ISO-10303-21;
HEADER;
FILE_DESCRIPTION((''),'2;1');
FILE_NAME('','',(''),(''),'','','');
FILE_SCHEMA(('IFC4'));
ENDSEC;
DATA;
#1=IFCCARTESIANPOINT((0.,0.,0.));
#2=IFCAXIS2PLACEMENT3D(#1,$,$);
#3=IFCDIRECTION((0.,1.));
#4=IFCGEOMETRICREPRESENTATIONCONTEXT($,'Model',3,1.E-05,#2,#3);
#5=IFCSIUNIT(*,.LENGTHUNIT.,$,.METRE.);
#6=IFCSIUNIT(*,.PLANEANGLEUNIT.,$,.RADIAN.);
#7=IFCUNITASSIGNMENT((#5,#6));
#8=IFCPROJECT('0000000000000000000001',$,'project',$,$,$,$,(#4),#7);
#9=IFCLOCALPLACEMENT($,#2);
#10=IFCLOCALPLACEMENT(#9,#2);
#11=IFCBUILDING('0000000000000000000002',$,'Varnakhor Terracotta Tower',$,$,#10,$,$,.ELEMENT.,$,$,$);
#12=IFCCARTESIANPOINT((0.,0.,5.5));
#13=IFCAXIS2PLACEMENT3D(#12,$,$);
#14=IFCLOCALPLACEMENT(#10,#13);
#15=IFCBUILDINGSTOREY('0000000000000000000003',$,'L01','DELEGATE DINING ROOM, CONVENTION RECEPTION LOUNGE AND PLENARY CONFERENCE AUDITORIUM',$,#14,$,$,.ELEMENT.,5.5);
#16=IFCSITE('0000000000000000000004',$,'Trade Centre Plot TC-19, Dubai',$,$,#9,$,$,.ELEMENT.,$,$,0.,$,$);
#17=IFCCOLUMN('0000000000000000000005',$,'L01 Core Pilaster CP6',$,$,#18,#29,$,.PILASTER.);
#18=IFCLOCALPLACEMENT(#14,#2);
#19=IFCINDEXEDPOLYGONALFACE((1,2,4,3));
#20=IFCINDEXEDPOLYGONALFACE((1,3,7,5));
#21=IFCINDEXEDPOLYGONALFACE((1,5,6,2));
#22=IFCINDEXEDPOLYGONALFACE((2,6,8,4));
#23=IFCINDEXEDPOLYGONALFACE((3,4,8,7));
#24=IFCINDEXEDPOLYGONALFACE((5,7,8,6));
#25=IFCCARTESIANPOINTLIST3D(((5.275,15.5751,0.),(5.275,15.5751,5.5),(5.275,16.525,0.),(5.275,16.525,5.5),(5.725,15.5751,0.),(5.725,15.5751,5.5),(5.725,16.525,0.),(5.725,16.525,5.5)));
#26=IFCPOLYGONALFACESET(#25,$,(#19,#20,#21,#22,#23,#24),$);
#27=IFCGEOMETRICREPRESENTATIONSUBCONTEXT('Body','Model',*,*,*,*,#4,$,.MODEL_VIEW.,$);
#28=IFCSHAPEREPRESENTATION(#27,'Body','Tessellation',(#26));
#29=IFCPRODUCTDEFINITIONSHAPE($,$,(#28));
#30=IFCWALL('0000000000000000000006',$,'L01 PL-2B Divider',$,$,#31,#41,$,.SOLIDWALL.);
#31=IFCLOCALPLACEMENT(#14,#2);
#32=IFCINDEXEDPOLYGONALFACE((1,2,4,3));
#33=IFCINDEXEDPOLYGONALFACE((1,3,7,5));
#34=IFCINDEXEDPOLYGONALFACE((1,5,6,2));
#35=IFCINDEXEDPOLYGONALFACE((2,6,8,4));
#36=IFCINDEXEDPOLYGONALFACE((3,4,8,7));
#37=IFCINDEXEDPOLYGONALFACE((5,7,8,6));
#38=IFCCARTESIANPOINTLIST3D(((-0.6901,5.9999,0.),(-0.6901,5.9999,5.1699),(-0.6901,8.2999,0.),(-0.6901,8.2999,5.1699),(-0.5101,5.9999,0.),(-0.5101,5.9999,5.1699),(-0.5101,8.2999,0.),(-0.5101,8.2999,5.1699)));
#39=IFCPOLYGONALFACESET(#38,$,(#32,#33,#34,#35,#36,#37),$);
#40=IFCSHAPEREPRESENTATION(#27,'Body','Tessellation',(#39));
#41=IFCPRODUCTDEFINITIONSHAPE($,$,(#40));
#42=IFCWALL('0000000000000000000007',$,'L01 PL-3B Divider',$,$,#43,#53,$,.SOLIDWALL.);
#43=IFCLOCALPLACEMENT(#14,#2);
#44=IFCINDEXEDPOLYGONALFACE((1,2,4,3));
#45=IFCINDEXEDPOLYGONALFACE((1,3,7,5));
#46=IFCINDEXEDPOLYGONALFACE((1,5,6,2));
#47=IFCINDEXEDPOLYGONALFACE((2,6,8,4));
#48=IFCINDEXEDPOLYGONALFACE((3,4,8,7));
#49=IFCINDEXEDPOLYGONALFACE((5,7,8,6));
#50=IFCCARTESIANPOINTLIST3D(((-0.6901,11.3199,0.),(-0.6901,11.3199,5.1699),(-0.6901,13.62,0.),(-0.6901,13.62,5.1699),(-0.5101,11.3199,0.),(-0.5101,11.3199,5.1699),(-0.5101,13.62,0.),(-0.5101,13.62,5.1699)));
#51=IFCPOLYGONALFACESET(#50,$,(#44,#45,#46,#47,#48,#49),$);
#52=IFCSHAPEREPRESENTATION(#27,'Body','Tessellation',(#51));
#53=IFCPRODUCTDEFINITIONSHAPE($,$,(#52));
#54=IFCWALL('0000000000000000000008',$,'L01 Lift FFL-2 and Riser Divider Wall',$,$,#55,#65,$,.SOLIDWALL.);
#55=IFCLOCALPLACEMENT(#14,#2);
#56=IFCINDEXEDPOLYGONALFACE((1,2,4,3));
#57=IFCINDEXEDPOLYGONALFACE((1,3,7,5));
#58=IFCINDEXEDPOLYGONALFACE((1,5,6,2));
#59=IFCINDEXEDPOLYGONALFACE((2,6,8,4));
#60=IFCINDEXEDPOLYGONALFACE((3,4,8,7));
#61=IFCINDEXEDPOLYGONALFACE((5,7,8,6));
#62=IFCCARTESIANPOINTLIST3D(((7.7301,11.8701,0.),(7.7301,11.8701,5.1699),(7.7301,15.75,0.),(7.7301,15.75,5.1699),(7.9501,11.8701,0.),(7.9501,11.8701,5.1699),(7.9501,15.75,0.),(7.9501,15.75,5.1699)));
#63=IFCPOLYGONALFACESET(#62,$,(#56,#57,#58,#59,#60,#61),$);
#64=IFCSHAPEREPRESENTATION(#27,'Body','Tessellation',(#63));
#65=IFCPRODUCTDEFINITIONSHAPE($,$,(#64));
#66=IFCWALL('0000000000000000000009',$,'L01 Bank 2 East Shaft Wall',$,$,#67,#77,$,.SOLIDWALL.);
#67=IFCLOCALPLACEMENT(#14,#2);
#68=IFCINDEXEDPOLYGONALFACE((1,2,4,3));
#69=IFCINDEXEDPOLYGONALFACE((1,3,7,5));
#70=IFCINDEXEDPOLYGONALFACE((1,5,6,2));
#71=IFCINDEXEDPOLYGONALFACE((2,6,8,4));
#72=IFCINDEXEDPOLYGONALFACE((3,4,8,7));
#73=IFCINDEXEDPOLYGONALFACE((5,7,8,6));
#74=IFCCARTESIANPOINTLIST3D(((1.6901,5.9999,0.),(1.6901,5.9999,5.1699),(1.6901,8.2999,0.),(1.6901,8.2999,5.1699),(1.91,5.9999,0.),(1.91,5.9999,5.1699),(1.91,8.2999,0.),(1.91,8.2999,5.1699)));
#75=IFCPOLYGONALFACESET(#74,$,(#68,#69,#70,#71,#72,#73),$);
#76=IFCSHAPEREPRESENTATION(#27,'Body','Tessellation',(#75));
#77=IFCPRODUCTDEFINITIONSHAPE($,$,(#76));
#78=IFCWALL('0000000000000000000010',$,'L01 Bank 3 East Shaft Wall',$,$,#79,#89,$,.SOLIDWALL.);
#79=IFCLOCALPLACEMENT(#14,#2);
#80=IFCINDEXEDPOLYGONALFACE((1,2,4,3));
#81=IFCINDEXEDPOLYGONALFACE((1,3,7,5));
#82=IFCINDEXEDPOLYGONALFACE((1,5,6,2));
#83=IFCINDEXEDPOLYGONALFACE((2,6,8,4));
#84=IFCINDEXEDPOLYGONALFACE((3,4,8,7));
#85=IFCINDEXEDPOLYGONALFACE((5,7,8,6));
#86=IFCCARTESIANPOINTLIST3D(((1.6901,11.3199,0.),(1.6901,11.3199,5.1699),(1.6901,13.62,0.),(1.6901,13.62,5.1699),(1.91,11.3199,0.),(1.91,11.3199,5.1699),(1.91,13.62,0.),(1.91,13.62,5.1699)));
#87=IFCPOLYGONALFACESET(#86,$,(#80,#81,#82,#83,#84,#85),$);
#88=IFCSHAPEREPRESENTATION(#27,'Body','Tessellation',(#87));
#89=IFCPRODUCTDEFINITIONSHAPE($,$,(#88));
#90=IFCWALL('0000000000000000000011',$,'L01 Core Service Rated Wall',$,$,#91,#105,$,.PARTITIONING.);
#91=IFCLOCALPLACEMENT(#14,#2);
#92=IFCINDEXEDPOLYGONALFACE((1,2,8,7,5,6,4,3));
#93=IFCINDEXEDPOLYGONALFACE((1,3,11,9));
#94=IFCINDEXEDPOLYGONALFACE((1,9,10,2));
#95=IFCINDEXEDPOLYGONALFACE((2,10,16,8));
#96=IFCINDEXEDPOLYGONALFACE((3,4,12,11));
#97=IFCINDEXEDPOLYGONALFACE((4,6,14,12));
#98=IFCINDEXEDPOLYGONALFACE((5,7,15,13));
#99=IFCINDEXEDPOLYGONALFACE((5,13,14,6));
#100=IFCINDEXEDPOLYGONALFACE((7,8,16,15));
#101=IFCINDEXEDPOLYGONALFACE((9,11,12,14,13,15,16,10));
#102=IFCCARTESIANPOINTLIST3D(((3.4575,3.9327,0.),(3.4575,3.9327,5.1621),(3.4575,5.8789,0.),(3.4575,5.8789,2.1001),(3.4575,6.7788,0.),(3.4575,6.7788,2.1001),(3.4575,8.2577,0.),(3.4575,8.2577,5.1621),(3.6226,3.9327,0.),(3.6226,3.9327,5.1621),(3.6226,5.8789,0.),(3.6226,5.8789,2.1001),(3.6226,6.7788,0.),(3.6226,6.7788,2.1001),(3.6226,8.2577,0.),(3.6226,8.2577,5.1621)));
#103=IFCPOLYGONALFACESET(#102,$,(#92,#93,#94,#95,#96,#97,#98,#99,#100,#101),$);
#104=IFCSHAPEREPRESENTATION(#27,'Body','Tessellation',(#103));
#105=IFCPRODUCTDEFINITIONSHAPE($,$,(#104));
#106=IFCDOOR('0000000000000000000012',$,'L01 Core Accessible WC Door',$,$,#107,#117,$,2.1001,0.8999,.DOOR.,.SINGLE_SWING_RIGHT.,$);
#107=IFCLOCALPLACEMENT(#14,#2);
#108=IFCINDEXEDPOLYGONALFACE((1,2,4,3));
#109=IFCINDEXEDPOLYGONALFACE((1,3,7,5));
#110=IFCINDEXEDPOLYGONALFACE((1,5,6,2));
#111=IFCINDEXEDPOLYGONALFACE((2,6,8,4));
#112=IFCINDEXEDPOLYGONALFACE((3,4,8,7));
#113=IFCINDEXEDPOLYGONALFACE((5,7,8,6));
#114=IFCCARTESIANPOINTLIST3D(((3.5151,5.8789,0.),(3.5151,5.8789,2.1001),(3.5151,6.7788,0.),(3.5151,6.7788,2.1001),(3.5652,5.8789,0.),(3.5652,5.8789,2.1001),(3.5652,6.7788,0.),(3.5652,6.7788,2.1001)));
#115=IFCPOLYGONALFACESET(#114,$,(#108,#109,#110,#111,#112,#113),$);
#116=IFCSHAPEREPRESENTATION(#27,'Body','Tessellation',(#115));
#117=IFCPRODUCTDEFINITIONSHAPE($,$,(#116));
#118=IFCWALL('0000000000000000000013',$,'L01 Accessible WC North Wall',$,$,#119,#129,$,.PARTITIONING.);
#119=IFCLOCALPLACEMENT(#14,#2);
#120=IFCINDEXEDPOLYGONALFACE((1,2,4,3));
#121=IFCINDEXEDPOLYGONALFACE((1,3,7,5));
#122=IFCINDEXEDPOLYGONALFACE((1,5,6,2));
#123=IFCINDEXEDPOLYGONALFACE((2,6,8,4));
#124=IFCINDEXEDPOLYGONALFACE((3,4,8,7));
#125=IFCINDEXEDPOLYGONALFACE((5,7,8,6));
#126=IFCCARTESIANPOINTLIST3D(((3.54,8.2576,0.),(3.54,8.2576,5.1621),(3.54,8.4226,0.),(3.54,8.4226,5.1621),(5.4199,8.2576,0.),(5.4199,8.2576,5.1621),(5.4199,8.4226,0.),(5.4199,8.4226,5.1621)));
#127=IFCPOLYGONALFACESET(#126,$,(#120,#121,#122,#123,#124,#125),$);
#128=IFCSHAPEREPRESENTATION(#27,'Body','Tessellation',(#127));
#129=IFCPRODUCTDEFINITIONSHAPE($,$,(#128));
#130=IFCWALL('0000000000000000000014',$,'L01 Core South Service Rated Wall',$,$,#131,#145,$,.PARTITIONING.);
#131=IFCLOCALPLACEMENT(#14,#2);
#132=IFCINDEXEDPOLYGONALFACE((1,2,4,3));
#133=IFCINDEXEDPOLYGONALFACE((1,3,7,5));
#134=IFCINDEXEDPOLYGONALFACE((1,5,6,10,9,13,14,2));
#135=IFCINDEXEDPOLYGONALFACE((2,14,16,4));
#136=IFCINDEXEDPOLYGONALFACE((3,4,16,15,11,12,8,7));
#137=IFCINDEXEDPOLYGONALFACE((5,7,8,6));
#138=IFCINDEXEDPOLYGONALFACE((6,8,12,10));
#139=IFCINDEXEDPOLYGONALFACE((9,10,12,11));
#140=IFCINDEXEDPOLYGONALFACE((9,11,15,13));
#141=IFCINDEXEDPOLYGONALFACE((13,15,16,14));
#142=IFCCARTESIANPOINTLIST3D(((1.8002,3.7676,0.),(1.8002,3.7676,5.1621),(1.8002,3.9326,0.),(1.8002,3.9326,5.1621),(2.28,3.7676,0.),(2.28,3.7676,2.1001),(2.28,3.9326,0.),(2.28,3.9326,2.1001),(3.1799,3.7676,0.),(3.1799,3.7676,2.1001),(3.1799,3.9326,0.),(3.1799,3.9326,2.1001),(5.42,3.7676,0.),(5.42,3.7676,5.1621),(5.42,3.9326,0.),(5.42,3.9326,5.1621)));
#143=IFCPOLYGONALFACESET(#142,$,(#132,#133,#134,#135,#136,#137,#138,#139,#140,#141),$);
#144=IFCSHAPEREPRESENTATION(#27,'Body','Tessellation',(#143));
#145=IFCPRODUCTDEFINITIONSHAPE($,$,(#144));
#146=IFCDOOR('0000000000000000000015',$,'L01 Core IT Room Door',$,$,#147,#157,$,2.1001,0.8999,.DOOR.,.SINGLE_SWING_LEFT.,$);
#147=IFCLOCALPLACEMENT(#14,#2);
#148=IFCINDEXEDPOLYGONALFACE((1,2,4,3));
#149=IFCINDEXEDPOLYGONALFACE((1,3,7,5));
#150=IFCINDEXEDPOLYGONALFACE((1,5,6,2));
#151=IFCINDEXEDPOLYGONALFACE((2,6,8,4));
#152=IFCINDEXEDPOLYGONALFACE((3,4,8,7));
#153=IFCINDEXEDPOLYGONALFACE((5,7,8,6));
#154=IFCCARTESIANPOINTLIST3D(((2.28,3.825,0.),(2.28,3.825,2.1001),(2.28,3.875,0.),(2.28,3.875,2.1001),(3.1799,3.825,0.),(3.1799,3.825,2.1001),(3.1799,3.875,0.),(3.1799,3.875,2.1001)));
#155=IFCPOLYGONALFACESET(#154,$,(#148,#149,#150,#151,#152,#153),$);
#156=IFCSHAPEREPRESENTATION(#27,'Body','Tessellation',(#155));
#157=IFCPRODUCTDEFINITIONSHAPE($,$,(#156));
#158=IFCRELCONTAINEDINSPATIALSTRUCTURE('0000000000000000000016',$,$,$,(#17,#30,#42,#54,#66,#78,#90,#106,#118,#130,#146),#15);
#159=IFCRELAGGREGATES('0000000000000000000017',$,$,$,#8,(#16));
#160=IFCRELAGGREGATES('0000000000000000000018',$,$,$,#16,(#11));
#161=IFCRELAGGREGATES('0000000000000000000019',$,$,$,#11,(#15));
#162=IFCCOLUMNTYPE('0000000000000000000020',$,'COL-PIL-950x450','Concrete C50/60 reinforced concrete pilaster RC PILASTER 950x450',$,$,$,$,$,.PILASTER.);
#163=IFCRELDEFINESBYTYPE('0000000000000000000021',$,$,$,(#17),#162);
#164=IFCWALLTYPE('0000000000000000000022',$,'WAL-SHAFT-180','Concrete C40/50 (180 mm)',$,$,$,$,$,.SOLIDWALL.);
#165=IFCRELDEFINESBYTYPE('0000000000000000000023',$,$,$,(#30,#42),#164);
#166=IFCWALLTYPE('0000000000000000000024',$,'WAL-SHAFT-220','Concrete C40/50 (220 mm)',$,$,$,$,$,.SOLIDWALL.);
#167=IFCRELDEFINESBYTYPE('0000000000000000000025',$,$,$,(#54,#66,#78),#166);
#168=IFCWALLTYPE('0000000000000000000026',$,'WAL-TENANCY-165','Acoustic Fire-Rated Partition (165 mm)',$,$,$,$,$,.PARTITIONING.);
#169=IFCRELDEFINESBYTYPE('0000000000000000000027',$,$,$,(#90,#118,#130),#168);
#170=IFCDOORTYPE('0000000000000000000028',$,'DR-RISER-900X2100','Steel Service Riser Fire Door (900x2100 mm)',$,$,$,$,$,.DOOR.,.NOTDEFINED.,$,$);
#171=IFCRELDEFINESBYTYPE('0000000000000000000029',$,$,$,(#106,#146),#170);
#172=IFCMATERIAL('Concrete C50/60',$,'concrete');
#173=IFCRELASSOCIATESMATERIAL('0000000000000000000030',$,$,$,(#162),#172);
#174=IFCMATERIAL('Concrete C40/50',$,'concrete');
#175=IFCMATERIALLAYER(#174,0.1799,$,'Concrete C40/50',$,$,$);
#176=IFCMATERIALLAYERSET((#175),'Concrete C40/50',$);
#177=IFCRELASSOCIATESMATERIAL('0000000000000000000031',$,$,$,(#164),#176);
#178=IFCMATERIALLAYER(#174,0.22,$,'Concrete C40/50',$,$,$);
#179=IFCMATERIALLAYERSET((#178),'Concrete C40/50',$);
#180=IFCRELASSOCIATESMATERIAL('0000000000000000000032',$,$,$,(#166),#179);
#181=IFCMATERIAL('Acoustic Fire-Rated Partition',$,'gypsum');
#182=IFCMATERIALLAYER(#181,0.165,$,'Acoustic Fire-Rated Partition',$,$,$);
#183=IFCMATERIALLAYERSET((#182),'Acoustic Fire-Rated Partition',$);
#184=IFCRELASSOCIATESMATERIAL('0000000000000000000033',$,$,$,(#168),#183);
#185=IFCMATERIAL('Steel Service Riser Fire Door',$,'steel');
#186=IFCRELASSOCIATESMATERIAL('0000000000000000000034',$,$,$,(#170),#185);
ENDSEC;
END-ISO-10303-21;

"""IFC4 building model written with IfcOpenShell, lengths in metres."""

from ifc_helpers import new_model, si_unit, direction, frame, frame_2d, origin, origin_2d, place, context, subcontext, project, spatial, rectangle, extrude, source, transform, mapped, material, layer, layer_set, material_profile, profile_set, type_object, type_shapes, element, fill, save


model = new_model("IFC4")

# Units and contexts
model_context = context("Model", 3, precision=1e-05, world=origin(), true_north=direction((0.0, 1.0)))
body_context = subcontext(model_context, "Body", "Model", "MODEL_VIEW")
ifc_project = project(units=[si_unit("LENGTHUNIT", "METRE"), si_unit("PLANEANGLEUNIT", "RADIAN")], contexts=[model_context])

# Site, building, storey
site_placement = place(None, origin())
site = spatial("IfcSite", under=ifc_project, at=site_placement, Name="Trade Centre Plot TC-19, Dubai", CompositionType="ELEMENT", RefElevation=0.0)
building_placement = place(site_placement, origin())
building = spatial("IfcBuilding", under=site, at=building_placement, Name="Varnakhor Terracotta Tower", CompositionType="ELEMENT")
storey_placement = place(building_placement, frame((0.0, 0.0, 5.5)))
storey = spatial("IfcBuildingStorey", under=building, at=storey_placement, Name="L01", Description="DELEGATE DINING ROOM, CONVENTION RECEPTION LOUNGE AND PLENARY CONFERENCE AUDITORIUM", CompositionType="ELEMENT", Elevation=5.5)

# Column
ifc_material_1 = material(Name="Concrete C50/60", Category="concrete")
ifc_material_profile = material_profile(ifc_material_1, rectangle(XDim=0.45, YDim=0.95, at=origin_2d()), Name="RC PILASTER 950x450")
ifc_profile_set = profile_set([ifc_material_profile], Name="Concrete C50/60")
column_type = type_object("IfcColumnType", Name="COL-PIL-950x450", Description="Concrete C50/60 reinforced concrete pilaster RC PILASTER 950x450", PredefinedType="PILASTER", material=ifc_profile_set)
shared_shape_1 = source(origin(), body_context, "Body", "SweptSolid", [
    extrude(rectangle(XDim=0.45, YDim=0.95, at=origin_2d()), origin(), (0.0, 0.0, 1.0), 5.5),
])
column_placement = place(storey_placement, frame((5.5, 16.05, 0.0), z_axis=(0.0, 0.0, 1.0), x_axis=(1.0, 0.0, 0.0)))
element("IfcColumn", 1, at=column_placement, inside=storey, type_object=column_type, Name="L01 Core Pilaster CP6", PredefinedType="PILASTER", context=body_context, shape_type="MappedRepresentation", body=[
    mapped(shared_shape_1, transform((0.0, 0.0, 0.0), scale=1.0)),
])

# Walls
ifc_material_2 = material(Name="Concrete C40/50", Category="concrete")
ifc_layer_1 = layer(ifc_material_2, 0.1799, Name="Concrete C40/50")
ifc_layer_set_1 = layer_set([ifc_layer_1], Name="Concrete C40/50")
wall_type_1 = type_object("IfcWallType", Name="WAL-SHAFT-180", Description="Concrete C40/50 (180 mm)", PredefinedType="SOLIDWALL", material=ifc_layer_set_1)
for number, where, z_axis, x_axis, name in (
    (2, (-0.6001, 6.0, 0.0), (0.0, 0.0, 1.0), (0.0, 1.0, 0.0), "L01 PL-2B Divider"),
    (3, (-0.6001, 11.3201, 0.0), (0.0, 0.0, 1.0), (0.0, 1.0, 0.0), "L01 PL-3B Divider"),
):
    element("IfcWall", number, at=place(storey_placement, frame(where, z_axis=z_axis, x_axis=x_axis)), inside=storey, type_object=wall_type_1, Name=name, PredefinedType="SOLIDWALL", context=body_context, shape_type="SweptSolid", body=[
        extrude(rectangle(XDim=2.3, YDim=0.1799, at=frame_2d((1.1499, 0.0))), origin(), (0.0, 0.0, 1.0), 5.1699),
    ])
ifc_layer_2 = layer(ifc_material_2, 0.22, Name="Concrete C40/50")
ifc_layer_set_2 = layer_set([ifc_layer_2], Name="Concrete C40/50")
wall_type_2 = type_object("IfcWallType", Name="WAL-SHAFT-220", Description="Concrete C40/50 (220 mm)", PredefinedType="SOLIDWALL", material=ifc_layer_set_2)
wall_1_placement = place(storey_placement, frame((7.8401, 11.8701, 0.0), z_axis=(0.0, 0.0, 1.0), x_axis=(0.0, 1.0, 0.0)))
element("IfcWall", 4, at=wall_1_placement, inside=storey, type_object=wall_type_2, Name="L01 Lift FFL-2 and Riser Divider Wall", PredefinedType="SOLIDWALL", context=body_context, shape_type="SweptSolid", body=[
    extrude(rectangle(XDim=3.8799, YDim=0.22, at=frame_2d((1.9399, 0.0))), origin(), (0.0, 0.0, 1.0), 5.1699),
])
for number, where, z_axis, x_axis, name in (
    (5, (1.8, 6.0, 0.0), (0.0, 0.0, 1.0), (0.0, 1.0, 0.0), "L01 Bank 2 East Shaft Wall"),
    (6, (1.8, 11.3201, 0.0), (0.0, 0.0, 1.0), (0.0, 1.0, 0.0), "L01 Bank 3 East Shaft Wall"),
):
    element("IfcWall", number, at=place(storey_placement, frame(where, z_axis=z_axis, x_axis=x_axis)), inside=storey, type_object=wall_type_2, Name=name, PredefinedType="SOLIDWALL", context=body_context, shape_type="SweptSolid", body=[
        extrude(rectangle(XDim=2.3, YDim=0.22, at=frame_2d((1.1499, 0.0))), origin(), (0.0, 0.0, 1.0), 5.1699),
    ])

# Wall, opening, door
ifc_material_3 = material(Name="Acoustic Fire-Rated Partition", Category="gypsum")
ifc_layer_3 = layer(ifc_material_3, 0.165, Name="Acoustic Fire-Rated Partition")
ifc_layer_set_3 = layer_set([ifc_layer_3], Name="Acoustic Fire-Rated Partition")
wall_type_3 = type_object("IfcWallType", Name="WAL-TENANCY-165", Description="Acoustic Fire-Rated Partition (165 mm)", PredefinedType="PARTITIONING", material=ifc_layer_set_3)
wall_2_placement = place(storey_placement, frame((3.54, 3.9326, 0.0), z_axis=(0.0, 0.0, 1.0), x_axis=(0.0, 1.0, 0.0)))
wall_2 = element("IfcWall", 7, at=wall_2_placement, inside=storey, type_object=wall_type_3, Name="L01 Core Service Rated Wall", PredefinedType="PARTITIONING", context=body_context, shape_type="SweptSolid", body=[
    extrude(rectangle(XDim=4.325, YDim=0.165, at=frame_2d((2.1626, 0.0))), origin(), (0.0, 0.0, 1.0), 5.1621),
])
opening_1_placement = place(wall_2_placement, frame((1.9463, 0.0, 0.0)))
opening_1 = element("IfcOpeningElement", 8, at=opening_1_placement, cuts=wall_2, PredefinedType="OPENING", context=body_context, shape_type="SweptSolid", body=[
    extrude(rectangle(XDim=0.8999, YDim=2.1001, at=frame_2d((0.45, 1.05))), frame((0.0, 0.0925, 0.0), z_axis=(0.0, -1.0, 0.0), x_axis=(1.0, 0.0, 0.0)), (0.0, 0.0, 1.0), 0.1851),
])
ifc_material_4 = material(Name="Steel Service Riser Fire Door", Category="steel")
door_type = type_object("IfcDoorType", Name="DR-RISER-900X2100", Description="Steel Service Riser Fire Door (900x2100 mm)", OperationType="NOTDEFINED", PredefinedType="DOOR", material=ifc_material_4)
shared_shape_2 = source(origin(), body_context, "Body", "SweptSolid", [
    extrude(rectangle(XDim=0.8999, YDim=2.1001, at=frame_2d((0.45, 1.05))), frame((0.0, 0.0249, 0.0), z_axis=(0.0, -1.0, 0.0), x_axis=(1.0, 0.0, 0.0)), (0.0, 0.0, 1.0), 0.05),
])
type_shapes(door_type, [shared_shape_2])
door_1_placement = place(opening_1_placement, origin())
door_1 = element("IfcDoor", 9, at=door_1_placement, inside=storey, type_object=door_type, Name="L01 Core Accessible WC Door", OperationType="SINGLE_SWING_RIGHT", OverallHeight=2.1001, OverallWidth=0.8999, PredefinedType="DOOR", context=body_context, shape_type="MappedRepresentation", body=[
    mapped(shared_shape_2, transform((0.0, 0.0, 0.0), scale=1.0)),
])
fill(opening_1, door_1)

# Wall
wall_3_placement = place(storey_placement, frame((3.54, 8.3401, 0.0), z_axis=(0.0, 0.0, 1.0), x_axis=(1.0, 0.0, 0.0)))
element("IfcWall", 10, at=wall_3_placement, inside=storey, type_object=wall_type_3, Name="L01 Accessible WC North Wall", PredefinedType="PARTITIONING", context=body_context, shape_type="SweptSolid", body=[
    extrude(rectangle(XDim=1.8799, YDim=0.165, at=frame_2d((0.9399, 0.0))), origin(), (0.0, 0.0, 1.0), 5.1621),
])

# Wall, opening, door
wall_4_placement = place(storey_placement, frame((1.8, 3.8501, 0.0), z_axis=(0.0, 0.0, 1.0), x_axis=(1.0, 0.0, 0.0)))
wall_4 = element("IfcWall", 11, at=wall_4_placement, inside=storey, type_object=wall_type_3, Name="L01 Core South Service Rated Wall", PredefinedType="PARTITIONING", context=body_context, shape_type="SweptSolid", body=[
    extrude(rectangle(XDim=3.6199, YDim=0.165, at=frame_2d((1.8101, 0.0))), origin(), (0.0, 0.0, 1.0), 5.1621),
])
opening_2_placement = place(wall_4_placement, frame((0.48, 0.0, 0.0)))
opening_2 = element("IfcOpeningElement", 12, at=opening_2_placement, cuts=wall_4, PredefinedType="OPENING", context=body_context, shape_type="SweptSolid", body=[
    extrude(rectangle(XDim=0.8999, YDim=2.1001, at=frame_2d((0.45, 1.05))), frame((0.0, 0.0925, 0.0), z_axis=(0.0, -1.0, 0.0), x_axis=(1.0, 0.0, 0.0)), (0.0, 0.0, 1.0), 0.1851),
])
door_2_placement = place(opening_2_placement, origin())
door_2 = element("IfcDoor", 13, at=door_2_placement, inside=storey, type_object=door_type, Name="L01 Core IT Room Door", OperationType="SINGLE_SWING_LEFT", OverallHeight=2.1001, OverallWidth=0.8999, PredefinedType="DOOR", context=body_context, shape_type="MappedRepresentation", body=[
    mapped(shared_shape_2, transform((0.0, 0.0, 0.0), scale=1.0)),
])
fill(opening_2, door_2)

save(model, "model.ifc")
